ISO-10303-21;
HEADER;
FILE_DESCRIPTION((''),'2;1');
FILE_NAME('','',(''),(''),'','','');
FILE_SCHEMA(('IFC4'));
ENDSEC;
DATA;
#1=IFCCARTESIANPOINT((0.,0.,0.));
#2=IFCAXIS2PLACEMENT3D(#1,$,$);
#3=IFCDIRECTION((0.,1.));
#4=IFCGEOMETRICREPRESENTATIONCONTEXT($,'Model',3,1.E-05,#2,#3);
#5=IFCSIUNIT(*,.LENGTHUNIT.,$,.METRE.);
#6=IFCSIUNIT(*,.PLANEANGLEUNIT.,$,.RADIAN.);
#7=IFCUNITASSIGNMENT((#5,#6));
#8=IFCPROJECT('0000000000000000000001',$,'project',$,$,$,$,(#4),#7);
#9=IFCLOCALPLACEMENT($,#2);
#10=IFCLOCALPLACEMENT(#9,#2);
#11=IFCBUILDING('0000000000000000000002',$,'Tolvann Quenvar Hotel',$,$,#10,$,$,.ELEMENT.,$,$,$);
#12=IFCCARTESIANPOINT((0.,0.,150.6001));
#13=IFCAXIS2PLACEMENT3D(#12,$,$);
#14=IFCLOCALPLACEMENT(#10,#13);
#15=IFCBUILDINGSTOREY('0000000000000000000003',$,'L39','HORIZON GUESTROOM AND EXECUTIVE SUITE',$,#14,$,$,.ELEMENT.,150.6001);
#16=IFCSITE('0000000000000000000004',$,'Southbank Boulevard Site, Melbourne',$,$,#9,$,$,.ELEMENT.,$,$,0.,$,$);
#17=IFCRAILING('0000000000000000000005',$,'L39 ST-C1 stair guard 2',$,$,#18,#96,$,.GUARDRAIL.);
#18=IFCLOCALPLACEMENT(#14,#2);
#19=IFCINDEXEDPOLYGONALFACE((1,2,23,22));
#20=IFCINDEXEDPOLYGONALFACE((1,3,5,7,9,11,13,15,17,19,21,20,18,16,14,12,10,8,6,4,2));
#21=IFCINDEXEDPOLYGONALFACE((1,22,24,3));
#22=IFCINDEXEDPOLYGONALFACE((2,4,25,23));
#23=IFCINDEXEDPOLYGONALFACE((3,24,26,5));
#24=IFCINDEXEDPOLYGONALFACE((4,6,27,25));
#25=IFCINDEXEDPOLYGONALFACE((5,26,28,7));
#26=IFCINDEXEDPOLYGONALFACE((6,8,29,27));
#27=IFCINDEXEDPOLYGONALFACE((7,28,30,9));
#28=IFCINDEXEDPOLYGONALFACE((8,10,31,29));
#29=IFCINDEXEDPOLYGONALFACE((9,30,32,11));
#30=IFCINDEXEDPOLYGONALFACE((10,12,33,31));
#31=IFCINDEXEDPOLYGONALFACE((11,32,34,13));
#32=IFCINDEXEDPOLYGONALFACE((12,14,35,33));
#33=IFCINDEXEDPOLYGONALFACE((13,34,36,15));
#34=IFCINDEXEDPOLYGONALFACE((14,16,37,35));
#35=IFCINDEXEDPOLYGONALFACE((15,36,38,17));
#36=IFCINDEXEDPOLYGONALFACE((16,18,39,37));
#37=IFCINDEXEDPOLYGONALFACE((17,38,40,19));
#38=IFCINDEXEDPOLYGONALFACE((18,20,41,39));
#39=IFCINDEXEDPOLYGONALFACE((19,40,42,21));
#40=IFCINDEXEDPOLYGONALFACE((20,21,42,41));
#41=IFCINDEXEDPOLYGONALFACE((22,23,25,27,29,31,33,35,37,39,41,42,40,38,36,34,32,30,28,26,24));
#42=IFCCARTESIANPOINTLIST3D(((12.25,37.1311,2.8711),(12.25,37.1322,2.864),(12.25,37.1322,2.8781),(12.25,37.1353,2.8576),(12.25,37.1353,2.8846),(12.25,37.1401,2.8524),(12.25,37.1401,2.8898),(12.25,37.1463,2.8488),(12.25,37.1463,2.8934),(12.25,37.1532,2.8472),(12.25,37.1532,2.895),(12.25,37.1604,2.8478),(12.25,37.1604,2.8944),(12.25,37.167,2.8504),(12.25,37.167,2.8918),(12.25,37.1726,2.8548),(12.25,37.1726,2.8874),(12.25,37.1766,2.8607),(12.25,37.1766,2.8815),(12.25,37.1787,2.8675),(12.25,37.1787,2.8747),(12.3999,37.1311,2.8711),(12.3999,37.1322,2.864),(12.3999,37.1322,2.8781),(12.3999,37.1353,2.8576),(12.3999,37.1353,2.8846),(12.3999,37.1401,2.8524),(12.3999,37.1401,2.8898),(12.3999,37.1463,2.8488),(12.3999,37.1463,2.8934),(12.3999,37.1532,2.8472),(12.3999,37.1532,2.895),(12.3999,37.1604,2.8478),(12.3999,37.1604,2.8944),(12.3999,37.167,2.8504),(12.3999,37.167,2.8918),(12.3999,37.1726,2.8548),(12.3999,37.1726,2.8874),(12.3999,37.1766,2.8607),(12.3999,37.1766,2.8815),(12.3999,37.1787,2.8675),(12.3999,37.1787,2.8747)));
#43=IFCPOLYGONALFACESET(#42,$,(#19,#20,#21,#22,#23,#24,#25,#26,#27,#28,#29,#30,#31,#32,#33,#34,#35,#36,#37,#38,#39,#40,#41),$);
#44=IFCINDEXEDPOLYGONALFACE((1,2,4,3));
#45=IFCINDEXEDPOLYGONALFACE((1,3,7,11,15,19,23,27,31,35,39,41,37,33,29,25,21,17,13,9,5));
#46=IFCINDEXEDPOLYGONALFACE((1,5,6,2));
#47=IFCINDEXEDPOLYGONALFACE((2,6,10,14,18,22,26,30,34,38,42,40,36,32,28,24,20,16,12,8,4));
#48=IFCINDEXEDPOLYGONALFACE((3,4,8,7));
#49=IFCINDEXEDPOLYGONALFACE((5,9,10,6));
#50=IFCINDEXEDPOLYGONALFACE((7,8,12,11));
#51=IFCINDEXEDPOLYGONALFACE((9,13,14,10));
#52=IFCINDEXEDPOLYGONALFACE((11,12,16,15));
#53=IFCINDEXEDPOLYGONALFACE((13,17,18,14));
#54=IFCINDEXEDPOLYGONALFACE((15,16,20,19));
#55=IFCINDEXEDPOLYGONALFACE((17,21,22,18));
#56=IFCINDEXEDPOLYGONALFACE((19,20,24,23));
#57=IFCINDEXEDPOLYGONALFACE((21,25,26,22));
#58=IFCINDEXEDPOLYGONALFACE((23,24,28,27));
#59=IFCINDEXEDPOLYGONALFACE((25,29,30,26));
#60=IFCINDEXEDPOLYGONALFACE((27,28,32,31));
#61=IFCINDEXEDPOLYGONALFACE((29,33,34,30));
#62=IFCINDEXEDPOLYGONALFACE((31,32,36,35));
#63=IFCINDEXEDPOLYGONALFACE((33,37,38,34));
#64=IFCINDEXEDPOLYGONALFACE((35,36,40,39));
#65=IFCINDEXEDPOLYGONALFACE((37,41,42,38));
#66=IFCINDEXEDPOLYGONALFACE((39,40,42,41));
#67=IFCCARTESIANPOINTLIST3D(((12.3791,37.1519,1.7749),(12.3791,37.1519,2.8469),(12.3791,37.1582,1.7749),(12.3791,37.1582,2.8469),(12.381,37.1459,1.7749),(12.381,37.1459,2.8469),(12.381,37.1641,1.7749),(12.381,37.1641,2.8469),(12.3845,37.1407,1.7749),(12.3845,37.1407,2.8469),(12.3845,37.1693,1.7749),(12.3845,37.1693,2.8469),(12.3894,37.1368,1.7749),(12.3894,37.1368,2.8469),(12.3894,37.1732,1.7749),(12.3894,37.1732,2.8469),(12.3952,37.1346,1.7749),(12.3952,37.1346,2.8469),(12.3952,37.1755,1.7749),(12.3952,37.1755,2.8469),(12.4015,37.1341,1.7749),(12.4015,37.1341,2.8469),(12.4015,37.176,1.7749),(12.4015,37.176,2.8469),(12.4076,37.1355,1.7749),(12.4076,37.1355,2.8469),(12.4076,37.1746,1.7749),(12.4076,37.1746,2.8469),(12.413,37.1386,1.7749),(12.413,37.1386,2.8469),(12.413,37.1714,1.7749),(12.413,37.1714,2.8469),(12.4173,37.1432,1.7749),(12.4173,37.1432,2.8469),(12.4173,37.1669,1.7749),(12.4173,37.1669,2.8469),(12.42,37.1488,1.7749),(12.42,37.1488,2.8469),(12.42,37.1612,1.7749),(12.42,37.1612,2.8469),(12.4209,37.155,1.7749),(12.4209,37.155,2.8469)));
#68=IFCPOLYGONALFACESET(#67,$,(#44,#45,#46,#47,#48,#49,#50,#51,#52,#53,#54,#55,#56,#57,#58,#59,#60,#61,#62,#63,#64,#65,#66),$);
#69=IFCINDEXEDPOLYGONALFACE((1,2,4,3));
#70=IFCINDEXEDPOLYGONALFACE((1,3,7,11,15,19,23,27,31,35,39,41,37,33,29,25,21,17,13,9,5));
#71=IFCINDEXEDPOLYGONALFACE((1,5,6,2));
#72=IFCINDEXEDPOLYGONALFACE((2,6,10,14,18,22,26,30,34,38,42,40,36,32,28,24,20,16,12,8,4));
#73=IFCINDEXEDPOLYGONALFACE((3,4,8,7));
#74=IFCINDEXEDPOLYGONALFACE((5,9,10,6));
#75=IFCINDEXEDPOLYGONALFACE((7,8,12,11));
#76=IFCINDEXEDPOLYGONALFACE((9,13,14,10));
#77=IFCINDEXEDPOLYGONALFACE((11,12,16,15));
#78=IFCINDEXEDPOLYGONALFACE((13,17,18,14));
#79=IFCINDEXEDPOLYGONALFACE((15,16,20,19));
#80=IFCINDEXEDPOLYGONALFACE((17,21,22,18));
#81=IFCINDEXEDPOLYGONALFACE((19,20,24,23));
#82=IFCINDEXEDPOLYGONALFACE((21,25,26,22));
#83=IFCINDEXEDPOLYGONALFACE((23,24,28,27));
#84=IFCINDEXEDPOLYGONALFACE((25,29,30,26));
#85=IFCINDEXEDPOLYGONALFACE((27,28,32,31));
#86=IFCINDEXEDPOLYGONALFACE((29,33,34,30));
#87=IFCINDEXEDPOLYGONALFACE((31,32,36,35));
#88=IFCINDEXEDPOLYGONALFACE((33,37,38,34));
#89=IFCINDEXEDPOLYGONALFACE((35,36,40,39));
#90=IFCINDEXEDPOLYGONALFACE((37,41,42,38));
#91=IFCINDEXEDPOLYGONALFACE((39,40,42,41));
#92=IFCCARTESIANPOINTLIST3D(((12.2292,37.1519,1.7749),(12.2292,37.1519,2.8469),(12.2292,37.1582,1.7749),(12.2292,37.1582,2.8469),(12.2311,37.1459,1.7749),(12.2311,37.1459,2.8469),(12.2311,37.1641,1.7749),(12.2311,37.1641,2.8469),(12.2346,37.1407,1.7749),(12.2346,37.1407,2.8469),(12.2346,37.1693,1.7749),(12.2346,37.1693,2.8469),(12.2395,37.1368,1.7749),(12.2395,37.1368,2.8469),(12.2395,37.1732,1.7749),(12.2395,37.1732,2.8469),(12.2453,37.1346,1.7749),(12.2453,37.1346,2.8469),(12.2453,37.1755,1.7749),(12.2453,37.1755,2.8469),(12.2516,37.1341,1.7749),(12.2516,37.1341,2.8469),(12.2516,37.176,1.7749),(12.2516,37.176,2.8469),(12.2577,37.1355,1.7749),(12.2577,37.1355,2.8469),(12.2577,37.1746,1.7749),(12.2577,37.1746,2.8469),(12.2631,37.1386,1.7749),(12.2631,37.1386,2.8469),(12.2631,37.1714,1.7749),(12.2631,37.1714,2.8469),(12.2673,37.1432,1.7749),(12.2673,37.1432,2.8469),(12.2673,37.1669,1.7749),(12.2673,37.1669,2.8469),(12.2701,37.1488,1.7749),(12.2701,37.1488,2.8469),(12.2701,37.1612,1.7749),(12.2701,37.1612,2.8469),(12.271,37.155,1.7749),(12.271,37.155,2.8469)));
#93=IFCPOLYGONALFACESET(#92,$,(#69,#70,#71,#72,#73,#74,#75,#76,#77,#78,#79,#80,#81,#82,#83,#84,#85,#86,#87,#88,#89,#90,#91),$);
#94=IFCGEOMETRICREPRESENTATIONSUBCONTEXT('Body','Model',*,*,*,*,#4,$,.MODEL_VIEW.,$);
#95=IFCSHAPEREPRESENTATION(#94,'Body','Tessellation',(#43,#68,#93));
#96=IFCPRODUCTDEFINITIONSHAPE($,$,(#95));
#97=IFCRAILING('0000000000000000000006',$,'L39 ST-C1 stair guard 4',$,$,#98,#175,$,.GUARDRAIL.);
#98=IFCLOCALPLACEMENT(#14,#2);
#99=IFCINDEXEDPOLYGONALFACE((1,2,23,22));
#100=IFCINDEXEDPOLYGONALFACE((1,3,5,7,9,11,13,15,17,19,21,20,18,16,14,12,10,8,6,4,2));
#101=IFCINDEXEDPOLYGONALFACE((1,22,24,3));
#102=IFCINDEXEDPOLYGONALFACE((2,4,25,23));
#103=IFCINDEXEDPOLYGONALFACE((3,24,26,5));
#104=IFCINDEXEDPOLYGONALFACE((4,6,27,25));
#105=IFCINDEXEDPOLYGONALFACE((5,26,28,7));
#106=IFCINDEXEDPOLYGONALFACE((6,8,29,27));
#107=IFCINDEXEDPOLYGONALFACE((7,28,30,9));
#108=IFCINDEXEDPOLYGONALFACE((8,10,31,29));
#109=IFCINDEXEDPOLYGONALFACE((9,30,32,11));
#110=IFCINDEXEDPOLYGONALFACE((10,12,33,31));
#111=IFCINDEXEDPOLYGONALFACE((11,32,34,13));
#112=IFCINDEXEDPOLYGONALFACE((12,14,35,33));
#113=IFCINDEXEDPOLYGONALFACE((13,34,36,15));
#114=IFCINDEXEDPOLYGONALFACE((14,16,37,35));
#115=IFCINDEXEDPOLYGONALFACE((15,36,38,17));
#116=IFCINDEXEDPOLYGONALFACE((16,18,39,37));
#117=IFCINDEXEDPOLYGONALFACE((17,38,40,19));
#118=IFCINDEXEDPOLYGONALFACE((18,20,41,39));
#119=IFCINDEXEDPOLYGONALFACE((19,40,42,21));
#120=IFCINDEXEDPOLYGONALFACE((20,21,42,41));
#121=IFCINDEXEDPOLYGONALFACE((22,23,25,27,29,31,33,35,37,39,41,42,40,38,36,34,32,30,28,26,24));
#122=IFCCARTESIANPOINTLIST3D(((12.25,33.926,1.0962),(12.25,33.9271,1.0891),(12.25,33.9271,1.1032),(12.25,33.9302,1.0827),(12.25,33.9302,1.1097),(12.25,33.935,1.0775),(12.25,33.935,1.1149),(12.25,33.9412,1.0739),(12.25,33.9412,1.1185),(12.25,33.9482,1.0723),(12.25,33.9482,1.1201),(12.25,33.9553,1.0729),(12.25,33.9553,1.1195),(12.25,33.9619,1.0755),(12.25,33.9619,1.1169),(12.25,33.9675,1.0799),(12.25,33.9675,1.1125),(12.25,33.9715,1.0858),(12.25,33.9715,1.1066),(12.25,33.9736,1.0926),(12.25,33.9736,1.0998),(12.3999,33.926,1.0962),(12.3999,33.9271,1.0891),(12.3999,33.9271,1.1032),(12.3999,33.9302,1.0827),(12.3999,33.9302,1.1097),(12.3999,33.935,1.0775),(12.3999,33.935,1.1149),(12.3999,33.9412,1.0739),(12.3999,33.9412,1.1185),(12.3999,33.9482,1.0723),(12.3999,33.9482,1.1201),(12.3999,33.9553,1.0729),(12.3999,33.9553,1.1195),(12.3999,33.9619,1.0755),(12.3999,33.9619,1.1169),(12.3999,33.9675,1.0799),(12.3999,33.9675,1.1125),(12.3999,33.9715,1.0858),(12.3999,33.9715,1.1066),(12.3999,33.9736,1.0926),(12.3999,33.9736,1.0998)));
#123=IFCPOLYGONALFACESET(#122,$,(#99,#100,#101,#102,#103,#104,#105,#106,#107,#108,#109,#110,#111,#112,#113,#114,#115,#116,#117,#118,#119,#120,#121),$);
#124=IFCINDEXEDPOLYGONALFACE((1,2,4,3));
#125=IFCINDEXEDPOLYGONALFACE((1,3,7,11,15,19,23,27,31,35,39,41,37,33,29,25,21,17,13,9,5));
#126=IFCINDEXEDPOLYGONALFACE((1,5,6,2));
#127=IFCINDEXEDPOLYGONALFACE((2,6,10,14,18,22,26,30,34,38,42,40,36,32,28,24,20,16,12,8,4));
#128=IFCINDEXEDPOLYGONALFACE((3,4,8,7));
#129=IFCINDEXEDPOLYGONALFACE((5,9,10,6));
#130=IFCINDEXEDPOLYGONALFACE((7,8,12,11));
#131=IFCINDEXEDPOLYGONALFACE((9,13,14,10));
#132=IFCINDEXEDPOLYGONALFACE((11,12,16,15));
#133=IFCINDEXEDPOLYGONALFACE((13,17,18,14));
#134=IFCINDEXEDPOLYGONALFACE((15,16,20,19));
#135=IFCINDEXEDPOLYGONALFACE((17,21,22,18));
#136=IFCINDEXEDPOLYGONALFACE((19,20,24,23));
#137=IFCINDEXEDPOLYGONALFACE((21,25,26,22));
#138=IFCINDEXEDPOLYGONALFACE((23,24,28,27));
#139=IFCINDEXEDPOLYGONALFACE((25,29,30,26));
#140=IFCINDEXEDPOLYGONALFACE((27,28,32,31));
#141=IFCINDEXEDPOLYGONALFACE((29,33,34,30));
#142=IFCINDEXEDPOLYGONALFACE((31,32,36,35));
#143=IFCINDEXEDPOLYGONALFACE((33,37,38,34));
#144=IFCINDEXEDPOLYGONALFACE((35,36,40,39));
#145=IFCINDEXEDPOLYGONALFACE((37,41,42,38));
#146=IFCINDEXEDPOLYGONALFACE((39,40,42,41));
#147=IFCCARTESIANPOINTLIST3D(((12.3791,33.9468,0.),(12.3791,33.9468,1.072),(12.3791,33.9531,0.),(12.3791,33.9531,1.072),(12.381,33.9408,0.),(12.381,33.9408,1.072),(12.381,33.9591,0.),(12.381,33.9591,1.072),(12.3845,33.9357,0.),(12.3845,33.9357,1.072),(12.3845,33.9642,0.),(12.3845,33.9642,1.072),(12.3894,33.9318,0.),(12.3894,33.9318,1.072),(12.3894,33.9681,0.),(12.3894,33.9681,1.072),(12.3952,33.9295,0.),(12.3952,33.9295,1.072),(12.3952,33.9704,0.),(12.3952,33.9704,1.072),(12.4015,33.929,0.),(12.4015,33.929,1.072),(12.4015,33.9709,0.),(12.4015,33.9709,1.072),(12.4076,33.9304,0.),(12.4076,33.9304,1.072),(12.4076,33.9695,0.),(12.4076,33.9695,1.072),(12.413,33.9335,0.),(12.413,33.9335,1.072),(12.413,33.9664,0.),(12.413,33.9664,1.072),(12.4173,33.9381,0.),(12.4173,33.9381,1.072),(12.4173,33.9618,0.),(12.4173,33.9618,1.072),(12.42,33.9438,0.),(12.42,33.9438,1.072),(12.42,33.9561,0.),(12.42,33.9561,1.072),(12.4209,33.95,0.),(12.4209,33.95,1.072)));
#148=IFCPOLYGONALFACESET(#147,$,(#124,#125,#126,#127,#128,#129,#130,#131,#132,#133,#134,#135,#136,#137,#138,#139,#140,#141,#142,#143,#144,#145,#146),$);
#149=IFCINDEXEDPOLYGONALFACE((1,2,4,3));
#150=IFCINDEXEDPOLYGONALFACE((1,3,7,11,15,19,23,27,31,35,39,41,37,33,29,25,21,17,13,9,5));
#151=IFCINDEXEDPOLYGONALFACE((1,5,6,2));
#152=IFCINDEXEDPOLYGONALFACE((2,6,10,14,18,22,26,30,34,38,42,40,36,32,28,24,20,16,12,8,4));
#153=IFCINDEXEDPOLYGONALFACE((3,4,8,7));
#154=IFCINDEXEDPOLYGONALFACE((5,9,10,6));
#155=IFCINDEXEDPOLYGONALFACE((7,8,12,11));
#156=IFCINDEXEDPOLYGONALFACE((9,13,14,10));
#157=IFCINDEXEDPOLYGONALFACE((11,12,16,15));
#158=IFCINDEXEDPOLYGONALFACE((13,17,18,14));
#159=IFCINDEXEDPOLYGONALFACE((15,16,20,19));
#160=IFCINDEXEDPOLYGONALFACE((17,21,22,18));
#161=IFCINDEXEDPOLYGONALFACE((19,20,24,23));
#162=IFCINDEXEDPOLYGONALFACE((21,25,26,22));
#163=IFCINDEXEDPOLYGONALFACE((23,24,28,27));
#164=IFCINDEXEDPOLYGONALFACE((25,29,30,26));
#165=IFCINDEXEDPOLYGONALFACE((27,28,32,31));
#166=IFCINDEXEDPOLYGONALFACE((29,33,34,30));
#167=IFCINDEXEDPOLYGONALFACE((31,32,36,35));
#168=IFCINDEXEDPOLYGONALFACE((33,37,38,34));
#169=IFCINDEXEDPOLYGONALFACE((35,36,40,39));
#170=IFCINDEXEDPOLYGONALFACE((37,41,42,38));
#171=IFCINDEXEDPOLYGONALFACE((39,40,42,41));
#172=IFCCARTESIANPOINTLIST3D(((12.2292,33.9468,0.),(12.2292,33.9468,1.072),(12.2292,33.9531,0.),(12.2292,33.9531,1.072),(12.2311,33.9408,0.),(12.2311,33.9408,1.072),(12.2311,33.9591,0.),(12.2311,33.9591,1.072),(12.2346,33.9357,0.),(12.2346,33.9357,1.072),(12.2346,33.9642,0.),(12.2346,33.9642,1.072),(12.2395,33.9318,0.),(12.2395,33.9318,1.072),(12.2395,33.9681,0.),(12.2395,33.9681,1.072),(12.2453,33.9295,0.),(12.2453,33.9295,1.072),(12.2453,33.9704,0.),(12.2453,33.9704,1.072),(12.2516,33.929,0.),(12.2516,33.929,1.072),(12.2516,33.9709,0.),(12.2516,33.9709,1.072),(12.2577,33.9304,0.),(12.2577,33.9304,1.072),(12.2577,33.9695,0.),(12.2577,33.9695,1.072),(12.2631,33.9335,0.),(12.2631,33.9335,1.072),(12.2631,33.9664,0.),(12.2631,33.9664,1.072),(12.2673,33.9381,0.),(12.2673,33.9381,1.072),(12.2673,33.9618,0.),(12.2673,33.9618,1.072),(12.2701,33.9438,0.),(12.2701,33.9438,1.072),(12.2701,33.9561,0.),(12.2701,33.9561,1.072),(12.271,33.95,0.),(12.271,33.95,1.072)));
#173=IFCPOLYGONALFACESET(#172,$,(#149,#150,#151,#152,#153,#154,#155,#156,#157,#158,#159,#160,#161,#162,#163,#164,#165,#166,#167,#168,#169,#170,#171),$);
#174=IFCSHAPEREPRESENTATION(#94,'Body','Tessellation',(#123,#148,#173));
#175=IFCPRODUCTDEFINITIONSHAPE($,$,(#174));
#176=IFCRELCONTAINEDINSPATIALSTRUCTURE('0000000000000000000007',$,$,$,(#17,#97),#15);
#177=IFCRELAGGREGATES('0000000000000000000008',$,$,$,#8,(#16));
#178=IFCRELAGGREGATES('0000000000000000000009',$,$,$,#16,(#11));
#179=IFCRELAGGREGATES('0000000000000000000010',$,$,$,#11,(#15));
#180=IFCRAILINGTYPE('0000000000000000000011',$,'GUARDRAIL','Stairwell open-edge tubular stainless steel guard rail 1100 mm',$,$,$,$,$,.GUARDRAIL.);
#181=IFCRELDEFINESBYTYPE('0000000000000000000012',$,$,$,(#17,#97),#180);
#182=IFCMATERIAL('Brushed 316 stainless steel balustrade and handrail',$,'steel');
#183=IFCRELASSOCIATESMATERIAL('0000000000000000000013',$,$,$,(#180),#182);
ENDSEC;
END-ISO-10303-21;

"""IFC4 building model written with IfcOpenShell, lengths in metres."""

from ifc_helpers import new_model, si_unit, direction, frame, origin, origin_2d, place, context, subcontext, project, spatial, circle, extrude, material, type_object, element, save


model = new_model("IFC4")

# Units and contexts
model_context = context("Model", 3, precision=1e-05, world=origin(), true_north=direction((0.0, 1.0)))
body_context = subcontext(model_context, "Body", "Model", "MODEL_VIEW")
ifc_project = project(units=[si_unit("LENGTHUNIT", "METRE"), si_unit("PLANEANGLEUNIT", "RADIAN")], contexts=[model_context])

# Site, building, storey
site_placement = place(None, origin())
site = spatial("IfcSite", under=ifc_project, at=site_placement, Name="Southbank Boulevard Site, Melbourne", CompositionType="ELEMENT", RefElevation=0.0)
building_placement = place(site_placement, origin())
building = spatial("IfcBuilding", under=site, at=building_placement, Name="Tolvann Quenvar Hotel", CompositionType="ELEMENT")
storey_placement = place(building_placement, frame((0.0, 0.0, 150.6001)))
storey = spatial("IfcBuildingStorey", under=building, at=storey_placement, Name="L39", Description="HORIZON GUESTROOM AND EXECUTIVE SUITE", CompositionType="ELEMENT", Elevation=150.6001)

# Railings
ifc_material_1 = material(Name="Brushed 316 stainless steel balustrade and handrail", Category="steel")
railing_type_1 = type_object("IfcRailingType", Name="GUARDRAIL", Description="Stairwell open-edge tubular stainless steel guard rail 1100 mm", PredefinedType="GUARDRAIL", material=ifc_material_1)
for number, where, name in (
    (1, (12.3999, 37.155, 1.7749), "L39 ST-C1 stair guard 2"),
    (2, (12.3999, 33.95, 0.0), "L39 ST-C1 stair guard 4"),
):
    element("IfcRailing", number, at=place(storey_placement, frame(where)), inside=storey, type_object=railing_type_1, Name=name, PredefinedType="GUARDRAIL", context=body_context, shape_type="SweptSolid", body=[
        extrude(circle(Radius=0.0239, at=origin_2d()), frame((0.0, 0.0, 1.0962), z_axis=(-1.0, 0.0, 0.0), x_axis=(0.0, -1.0, 0.0)), (0.0, 0.0, 1.0), 0.1499),
        extrude(circle(Radius=0.021, at=origin_2d()), origin(), (0.0, 0.0, 1.0), 1.072),
        extrude(circle(Radius=0.021, at=origin_2d()), frame((-0.1499, 0.0, 0.0)), (0.0, 0.0, 1.0), 1.072),
    ])

save(model, "model.ifc")
